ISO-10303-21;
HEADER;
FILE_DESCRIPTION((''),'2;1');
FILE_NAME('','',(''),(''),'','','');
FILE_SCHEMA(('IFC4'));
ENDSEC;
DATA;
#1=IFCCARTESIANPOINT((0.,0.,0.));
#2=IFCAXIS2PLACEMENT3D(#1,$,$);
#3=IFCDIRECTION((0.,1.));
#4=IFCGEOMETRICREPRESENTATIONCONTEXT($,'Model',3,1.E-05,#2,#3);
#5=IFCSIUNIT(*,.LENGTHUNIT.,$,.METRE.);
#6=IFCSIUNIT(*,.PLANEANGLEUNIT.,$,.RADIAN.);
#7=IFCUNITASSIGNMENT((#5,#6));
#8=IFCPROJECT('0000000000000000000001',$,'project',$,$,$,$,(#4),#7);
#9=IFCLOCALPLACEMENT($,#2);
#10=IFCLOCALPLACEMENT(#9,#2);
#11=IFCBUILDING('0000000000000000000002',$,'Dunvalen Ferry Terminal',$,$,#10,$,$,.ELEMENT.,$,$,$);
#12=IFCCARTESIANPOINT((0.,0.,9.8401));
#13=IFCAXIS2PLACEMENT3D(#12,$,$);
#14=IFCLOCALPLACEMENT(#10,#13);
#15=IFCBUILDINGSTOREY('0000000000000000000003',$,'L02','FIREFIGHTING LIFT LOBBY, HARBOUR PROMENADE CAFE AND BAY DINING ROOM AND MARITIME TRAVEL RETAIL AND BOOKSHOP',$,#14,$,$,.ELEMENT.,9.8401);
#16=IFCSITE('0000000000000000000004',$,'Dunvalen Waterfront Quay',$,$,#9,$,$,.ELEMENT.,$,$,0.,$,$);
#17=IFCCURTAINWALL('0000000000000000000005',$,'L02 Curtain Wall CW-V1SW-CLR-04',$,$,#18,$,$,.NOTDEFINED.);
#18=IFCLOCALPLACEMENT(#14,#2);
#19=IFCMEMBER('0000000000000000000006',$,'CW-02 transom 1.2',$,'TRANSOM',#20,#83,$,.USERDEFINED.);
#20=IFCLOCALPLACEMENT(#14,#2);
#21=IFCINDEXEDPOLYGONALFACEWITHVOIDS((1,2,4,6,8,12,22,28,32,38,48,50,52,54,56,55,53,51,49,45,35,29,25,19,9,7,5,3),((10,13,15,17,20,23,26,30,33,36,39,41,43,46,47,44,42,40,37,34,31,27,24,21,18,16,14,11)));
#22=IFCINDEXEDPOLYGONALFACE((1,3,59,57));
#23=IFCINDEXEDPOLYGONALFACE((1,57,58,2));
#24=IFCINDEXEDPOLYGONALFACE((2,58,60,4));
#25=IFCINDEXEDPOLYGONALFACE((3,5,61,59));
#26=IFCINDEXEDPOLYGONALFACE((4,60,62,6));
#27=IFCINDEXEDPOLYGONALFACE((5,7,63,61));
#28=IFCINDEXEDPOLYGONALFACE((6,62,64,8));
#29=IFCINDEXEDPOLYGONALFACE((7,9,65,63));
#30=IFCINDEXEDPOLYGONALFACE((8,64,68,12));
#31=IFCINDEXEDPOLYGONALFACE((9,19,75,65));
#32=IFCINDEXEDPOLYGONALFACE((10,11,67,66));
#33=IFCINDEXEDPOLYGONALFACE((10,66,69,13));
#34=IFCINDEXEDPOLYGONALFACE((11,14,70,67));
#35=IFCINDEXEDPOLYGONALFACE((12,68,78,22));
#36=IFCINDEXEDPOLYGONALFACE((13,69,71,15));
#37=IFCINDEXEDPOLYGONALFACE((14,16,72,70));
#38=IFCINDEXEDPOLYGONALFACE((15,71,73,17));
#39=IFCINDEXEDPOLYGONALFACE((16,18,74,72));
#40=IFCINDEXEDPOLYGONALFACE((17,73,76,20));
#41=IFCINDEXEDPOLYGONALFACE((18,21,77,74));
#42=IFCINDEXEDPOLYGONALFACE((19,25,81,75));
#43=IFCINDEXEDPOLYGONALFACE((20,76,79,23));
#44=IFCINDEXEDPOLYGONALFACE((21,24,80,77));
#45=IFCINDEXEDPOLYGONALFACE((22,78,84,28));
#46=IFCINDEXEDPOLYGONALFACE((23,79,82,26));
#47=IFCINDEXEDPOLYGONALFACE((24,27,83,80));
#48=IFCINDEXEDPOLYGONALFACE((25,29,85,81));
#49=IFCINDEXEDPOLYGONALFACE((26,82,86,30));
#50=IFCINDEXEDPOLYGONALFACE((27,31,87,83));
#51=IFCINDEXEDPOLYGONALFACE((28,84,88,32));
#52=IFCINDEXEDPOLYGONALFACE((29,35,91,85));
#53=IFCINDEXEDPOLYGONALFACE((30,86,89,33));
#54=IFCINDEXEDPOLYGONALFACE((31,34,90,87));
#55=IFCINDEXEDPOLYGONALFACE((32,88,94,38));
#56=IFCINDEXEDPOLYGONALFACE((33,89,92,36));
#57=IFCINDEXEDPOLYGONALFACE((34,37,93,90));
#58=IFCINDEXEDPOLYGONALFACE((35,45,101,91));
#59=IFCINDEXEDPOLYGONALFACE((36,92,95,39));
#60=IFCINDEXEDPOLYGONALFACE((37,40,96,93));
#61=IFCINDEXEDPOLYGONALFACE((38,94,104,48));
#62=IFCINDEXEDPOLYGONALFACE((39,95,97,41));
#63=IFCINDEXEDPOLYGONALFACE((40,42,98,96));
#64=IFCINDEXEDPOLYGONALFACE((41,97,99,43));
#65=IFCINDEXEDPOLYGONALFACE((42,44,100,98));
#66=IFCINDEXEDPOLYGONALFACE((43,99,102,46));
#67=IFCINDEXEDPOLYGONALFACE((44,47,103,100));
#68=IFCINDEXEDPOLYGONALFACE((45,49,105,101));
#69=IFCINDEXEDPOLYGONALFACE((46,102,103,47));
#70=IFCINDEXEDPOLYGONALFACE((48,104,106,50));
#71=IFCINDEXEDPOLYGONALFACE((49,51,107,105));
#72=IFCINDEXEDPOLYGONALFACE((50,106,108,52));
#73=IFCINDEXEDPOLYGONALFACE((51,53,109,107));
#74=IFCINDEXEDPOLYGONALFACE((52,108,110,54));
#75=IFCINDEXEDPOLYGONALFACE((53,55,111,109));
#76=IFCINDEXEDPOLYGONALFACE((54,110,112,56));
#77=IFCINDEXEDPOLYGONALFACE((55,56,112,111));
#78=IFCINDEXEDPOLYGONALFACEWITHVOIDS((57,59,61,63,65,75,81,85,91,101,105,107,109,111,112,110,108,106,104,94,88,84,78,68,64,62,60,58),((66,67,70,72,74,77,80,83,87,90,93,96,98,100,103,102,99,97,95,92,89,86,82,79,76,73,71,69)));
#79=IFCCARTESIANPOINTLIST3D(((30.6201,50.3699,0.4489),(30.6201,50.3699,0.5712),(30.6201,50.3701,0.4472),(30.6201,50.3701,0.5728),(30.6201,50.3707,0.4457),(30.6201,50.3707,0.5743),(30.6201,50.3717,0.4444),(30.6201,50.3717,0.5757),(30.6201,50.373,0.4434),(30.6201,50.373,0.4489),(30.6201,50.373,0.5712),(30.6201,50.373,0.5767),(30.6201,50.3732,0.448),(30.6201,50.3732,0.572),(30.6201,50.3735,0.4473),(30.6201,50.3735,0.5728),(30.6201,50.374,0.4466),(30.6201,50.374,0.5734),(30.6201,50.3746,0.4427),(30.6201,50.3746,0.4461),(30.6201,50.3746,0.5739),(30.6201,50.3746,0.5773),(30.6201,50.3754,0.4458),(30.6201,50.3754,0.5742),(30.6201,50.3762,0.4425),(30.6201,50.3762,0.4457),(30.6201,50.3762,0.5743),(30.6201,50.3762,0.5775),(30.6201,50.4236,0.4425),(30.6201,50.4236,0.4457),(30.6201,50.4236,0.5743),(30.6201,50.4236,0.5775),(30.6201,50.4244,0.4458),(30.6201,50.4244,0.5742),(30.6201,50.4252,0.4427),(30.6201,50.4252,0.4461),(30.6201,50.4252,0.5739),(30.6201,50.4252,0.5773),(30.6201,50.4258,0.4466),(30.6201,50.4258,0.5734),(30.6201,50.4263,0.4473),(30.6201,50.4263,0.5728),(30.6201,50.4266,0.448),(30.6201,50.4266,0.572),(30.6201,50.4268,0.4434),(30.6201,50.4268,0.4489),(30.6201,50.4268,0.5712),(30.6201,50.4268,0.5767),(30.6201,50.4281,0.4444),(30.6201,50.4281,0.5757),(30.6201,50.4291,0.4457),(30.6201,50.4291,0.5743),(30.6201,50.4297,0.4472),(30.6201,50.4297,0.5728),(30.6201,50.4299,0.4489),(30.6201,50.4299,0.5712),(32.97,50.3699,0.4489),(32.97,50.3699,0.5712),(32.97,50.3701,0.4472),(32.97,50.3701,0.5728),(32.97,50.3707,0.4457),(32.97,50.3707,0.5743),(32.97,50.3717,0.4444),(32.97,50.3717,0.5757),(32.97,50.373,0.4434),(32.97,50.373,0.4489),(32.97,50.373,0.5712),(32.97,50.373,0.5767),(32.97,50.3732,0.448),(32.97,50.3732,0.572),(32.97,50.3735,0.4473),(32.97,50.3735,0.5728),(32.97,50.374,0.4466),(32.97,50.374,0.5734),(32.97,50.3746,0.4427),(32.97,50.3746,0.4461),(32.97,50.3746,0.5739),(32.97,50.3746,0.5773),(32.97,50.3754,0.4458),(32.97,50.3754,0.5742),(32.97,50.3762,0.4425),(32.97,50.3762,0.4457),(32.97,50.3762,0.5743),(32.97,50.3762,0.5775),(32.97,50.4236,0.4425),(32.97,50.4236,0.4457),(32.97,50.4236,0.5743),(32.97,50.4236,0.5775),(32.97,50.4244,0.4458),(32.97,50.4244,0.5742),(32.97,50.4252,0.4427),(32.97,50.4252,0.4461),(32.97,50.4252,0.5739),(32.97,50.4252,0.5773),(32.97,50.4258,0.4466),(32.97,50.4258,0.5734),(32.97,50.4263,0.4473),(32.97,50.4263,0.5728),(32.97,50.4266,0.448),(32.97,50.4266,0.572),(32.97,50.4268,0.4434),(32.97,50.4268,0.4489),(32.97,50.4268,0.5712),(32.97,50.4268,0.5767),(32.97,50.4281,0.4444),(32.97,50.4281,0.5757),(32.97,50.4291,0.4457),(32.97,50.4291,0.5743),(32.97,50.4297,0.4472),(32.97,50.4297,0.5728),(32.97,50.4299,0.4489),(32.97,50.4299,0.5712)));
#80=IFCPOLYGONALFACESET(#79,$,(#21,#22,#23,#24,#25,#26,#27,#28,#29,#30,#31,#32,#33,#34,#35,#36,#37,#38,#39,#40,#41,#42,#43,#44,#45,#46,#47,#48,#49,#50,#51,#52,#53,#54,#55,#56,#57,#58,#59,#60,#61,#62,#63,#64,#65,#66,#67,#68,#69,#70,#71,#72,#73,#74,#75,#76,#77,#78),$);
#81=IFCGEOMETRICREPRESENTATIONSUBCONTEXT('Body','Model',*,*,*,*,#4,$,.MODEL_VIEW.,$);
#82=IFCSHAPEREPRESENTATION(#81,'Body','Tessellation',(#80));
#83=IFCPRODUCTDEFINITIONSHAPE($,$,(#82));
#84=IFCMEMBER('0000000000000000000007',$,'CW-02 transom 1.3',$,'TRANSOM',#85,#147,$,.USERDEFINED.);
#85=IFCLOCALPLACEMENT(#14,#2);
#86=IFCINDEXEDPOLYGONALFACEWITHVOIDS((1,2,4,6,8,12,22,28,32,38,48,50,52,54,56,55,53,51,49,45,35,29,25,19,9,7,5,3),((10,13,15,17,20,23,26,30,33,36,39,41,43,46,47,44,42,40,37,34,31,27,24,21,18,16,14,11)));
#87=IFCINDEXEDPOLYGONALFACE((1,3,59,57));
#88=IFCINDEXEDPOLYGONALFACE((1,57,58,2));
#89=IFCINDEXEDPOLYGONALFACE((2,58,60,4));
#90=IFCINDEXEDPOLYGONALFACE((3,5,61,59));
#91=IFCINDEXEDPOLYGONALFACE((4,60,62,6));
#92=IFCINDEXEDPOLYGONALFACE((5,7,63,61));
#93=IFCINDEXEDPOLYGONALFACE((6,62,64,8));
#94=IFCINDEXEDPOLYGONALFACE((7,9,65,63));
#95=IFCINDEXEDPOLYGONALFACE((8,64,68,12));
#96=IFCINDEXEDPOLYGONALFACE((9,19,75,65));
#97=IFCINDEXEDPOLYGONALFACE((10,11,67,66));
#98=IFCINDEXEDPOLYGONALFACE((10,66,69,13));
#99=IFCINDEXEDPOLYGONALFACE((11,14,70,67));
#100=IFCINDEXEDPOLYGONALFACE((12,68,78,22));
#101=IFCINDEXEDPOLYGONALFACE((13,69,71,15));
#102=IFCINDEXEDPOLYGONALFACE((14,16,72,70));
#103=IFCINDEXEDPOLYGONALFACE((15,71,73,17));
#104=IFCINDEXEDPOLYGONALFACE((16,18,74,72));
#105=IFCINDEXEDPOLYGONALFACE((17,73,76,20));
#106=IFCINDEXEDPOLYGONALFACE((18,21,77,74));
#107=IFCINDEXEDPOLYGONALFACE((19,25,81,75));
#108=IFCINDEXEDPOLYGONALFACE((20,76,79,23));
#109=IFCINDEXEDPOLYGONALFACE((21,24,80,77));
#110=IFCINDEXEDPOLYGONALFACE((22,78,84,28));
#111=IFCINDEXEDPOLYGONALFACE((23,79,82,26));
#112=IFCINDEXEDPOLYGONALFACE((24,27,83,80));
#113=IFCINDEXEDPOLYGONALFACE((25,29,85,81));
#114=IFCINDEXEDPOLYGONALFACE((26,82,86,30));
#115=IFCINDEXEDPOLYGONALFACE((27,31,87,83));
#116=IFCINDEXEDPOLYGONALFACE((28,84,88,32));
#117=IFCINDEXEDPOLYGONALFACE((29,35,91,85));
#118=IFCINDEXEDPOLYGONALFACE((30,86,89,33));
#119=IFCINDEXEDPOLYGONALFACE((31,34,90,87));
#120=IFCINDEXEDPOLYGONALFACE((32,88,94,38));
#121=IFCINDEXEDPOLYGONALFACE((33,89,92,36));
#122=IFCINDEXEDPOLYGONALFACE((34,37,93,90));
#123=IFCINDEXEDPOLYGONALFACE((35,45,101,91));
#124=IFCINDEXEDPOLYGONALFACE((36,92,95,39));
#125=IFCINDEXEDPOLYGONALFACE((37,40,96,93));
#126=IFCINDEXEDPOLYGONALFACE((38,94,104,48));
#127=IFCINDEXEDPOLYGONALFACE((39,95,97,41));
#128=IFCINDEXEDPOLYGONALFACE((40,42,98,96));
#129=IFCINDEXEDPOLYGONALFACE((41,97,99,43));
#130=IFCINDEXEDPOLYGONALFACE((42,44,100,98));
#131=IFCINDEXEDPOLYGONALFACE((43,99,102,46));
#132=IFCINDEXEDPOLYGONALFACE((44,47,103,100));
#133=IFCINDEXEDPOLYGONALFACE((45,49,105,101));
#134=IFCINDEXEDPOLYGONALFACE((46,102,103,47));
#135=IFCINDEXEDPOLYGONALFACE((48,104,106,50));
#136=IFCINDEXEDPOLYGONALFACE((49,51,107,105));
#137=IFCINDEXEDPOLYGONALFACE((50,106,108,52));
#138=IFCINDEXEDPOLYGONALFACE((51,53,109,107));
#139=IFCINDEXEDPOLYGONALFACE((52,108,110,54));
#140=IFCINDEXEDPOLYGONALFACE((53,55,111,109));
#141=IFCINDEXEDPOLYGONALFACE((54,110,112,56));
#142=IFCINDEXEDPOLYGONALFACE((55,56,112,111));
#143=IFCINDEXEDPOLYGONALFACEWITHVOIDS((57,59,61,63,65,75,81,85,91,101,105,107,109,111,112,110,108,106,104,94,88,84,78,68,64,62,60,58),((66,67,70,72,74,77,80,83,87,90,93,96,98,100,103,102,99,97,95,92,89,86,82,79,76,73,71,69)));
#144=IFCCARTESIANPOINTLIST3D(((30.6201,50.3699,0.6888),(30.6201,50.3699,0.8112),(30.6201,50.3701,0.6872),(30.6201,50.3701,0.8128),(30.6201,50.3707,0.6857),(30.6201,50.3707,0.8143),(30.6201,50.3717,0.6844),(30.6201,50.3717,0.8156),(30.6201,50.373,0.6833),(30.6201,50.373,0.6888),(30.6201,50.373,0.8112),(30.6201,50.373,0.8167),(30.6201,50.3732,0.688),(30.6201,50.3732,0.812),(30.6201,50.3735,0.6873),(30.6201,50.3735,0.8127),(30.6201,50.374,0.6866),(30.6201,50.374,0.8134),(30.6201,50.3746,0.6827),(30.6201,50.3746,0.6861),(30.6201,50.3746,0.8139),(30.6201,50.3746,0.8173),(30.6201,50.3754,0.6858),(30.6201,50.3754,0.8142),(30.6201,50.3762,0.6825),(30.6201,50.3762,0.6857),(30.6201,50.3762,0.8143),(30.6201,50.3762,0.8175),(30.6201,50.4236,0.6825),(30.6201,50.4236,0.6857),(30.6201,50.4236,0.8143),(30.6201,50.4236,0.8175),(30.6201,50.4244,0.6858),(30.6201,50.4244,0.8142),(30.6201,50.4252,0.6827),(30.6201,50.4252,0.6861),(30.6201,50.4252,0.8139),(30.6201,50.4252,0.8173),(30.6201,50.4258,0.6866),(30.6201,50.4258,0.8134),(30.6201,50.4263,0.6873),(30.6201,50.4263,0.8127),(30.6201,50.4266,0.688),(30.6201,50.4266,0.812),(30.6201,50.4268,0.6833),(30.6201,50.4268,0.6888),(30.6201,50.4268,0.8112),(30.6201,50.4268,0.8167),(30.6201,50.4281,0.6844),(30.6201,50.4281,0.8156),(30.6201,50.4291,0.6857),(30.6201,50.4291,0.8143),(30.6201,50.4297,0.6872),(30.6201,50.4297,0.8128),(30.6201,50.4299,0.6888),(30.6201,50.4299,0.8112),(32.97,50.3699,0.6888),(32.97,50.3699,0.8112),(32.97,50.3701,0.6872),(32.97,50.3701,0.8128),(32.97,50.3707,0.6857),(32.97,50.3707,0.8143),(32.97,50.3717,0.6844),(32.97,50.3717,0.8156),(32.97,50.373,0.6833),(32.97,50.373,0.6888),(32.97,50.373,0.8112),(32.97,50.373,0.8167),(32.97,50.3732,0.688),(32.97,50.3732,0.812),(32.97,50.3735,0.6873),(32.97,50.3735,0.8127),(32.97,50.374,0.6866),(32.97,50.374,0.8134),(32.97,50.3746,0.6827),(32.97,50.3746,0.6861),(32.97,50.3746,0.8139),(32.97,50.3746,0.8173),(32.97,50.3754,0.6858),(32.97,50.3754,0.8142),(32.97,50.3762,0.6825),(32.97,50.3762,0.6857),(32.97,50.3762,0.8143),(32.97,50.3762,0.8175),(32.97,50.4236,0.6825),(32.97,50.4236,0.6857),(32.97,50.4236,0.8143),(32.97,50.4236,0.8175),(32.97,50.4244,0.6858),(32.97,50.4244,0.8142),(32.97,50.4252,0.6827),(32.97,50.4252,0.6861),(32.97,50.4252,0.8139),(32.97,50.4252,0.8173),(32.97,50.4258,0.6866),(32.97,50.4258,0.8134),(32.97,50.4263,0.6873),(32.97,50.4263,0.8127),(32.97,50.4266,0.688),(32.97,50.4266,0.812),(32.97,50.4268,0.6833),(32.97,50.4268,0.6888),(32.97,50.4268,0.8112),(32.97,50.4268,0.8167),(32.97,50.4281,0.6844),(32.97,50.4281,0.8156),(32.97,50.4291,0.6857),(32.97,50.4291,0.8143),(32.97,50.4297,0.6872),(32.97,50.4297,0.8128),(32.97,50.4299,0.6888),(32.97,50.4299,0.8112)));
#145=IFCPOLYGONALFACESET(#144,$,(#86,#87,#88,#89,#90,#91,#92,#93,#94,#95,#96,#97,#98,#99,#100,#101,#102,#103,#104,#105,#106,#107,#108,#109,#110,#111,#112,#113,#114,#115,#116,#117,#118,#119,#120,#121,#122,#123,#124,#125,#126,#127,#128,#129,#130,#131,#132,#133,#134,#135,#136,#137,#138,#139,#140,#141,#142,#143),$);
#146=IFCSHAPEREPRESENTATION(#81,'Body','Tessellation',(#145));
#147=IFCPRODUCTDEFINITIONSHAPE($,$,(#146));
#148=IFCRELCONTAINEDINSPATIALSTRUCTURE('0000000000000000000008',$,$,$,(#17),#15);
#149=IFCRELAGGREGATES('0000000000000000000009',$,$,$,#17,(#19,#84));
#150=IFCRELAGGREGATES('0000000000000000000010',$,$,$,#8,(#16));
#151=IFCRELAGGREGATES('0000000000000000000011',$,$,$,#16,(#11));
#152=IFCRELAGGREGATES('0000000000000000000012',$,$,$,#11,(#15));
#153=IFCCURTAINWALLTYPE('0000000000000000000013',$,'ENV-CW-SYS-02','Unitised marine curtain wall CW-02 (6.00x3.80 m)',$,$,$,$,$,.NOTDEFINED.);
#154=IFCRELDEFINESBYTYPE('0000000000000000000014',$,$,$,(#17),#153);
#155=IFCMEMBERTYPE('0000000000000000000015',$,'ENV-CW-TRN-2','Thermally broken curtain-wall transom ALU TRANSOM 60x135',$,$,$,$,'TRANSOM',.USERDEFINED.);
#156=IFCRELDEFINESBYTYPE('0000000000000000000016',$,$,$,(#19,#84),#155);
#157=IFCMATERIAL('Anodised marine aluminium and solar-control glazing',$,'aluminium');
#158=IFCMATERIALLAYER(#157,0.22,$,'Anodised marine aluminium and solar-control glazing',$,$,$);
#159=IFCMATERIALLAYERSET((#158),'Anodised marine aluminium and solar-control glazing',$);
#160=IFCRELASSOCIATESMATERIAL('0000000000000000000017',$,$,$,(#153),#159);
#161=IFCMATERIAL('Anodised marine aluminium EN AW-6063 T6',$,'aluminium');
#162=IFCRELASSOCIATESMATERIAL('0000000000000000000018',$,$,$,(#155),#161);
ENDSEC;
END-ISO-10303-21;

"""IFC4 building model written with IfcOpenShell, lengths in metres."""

from ifc_helpers import new_model, si_unit, direction, frame, origin, origin_2d, place, context, subcontext, project, spatial, hollow_rectangle, extrude, material, layer, layer_set, material_profile, profile_set, type_object, element, aggregate, save


model = new_model("IFC4")

# Units and contexts
model_context = context("Model", 3, precision=1e-05, world=origin(), true_north=direction((0.0, 1.0)))
body_context = subcontext(model_context, "Body", "Model", "MODEL_VIEW")
ifc_project = project(units=[si_unit("LENGTHUNIT", "METRE"), si_unit("PLANEANGLEUNIT", "RADIAN")], contexts=[model_context])

# Site, building, storey
site_placement = place(None, origin())
site = spatial("IfcSite", under=ifc_project, at=site_placement, Name="Dunvalen Waterfront Quay", CompositionType="ELEMENT", RefElevation=0.0)
building_placement = place(site_placement, origin())
building = spatial("IfcBuilding", under=site, at=building_placement, Name="Dunvalen Ferry Terminal", CompositionType="ELEMENT")
storey_placement = place(building_placement, frame((0.0, 0.0, 9.8401)))
storey = spatial("IfcBuildingStorey", under=building, at=storey_placement, Name="L02", Description="FIREFIGHTING LIFT LOBBY, HARBOUR PROMENADE CAFE AND BAY DINING ROOM AND MARITIME TRAVEL RETAIL AND BOOKSHOP", CompositionType="ELEMENT", Elevation=9.8401)

# Shared definitions
ifc_material_1 = material(Name="Anodised marine aluminium and solar-control glazing", Category="aluminium")
ifc_layer_1 = layer(ifc_material_1, 0.22, Name="Anodised marine aluminium and solar-control glazing")
ifc_layer_set_1 = layer_set([ifc_layer_1], Name="Anodised marine aluminium and solar-control glazing")
curtain_wall_type = type_object("IfcCurtainWallType", Name="ENV-CW-SYS-02", Description="Unitised marine curtain wall CW-02 (6.00x3.80 m)", PredefinedType="NOTDEFINED", material=ifc_layer_set_1)
ifc_material_2 = material(Name="Anodised marine aluminium EN AW-6063 T6", Category="aluminium")

# Curtain wall, members
curtain_wall_1_placement = place(storey_placement, origin())
curtain_wall_1 = element("IfcCurtainWall", 1, at=curtain_wall_1_placement, inside=storey, type_object=curtain_wall_type, Name="L02 Curtain Wall CW-V1SW-CLR-04", PredefinedType="NOTDEFINED")
ifc_material_profile_1 = material_profile(ifc_material_2, hollow_rectangle(XDim=0.0601, YDim=0.135, WallThickness=0.0032, InnerFilletRadius=0.0032, OuterFilletRadius=0.0063, at=origin_2d()), Name="Anodised marine aluminium EN AW-6063 T6")
ifc_profile_set_1 = profile_set([ifc_material_profile_1], Name="Anodised marine aluminium EN AW-6063 T6")
member_type_1 = type_object("IfcMemberType", Name="ENV-CW-TRN-2", Description="Thermally broken curtain-wall transom ALU TRANSOM 60x135", ElementType="TRANSOM", PredefinedType="USERDEFINED", material=ifc_profile_set_1)
member_1_placement = place(storey_placement, frame((30.6201, 50.3999, 0.51), z_axis=(1.0, 0.0, 0.0), x_axis=(0.0, 1.0, 0.0)))
member_1 = element("IfcMember", 2, at=member_1_placement, type_object=member_type_1, Name="CW-02 transom 1.2", ObjectType="TRANSOM", PredefinedType="USERDEFINED", context=body_context, shape_type="SweptSolid", body=[
    extrude(hollow_rectangle(XDim=0.0601, YDim=0.135, WallThickness=0.0032, InnerFilletRadius=0.0032, OuterFilletRadius=0.0063, at=origin_2d()), origin(), (0.0, 0.0, 1.0), 2.3499),
])
member_2_placement = place(storey_placement, frame((30.6201, 50.3999, 0.75), z_axis=(1.0, 0.0, 0.0), x_axis=(0.0, 1.0, 0.0)))
member_2 = element("IfcMember", 3, at=member_2_placement, type_object=member_type_1, Name="CW-02 transom 1.3", ObjectType="TRANSOM", PredefinedType="USERDEFINED", context=body_context, shape_type="SweptSolid", body=[
    extrude(hollow_rectangle(XDim=0.0601, YDim=0.135, WallThickness=0.0032, InnerFilletRadius=0.0032, OuterFilletRadius=0.0063, at=origin_2d()), origin(), (0.0, 0.0, 1.0), 2.3499),
])

aggregate(curtain_wall_1, [member_1, member_2])

save(model, "model.ifc")
